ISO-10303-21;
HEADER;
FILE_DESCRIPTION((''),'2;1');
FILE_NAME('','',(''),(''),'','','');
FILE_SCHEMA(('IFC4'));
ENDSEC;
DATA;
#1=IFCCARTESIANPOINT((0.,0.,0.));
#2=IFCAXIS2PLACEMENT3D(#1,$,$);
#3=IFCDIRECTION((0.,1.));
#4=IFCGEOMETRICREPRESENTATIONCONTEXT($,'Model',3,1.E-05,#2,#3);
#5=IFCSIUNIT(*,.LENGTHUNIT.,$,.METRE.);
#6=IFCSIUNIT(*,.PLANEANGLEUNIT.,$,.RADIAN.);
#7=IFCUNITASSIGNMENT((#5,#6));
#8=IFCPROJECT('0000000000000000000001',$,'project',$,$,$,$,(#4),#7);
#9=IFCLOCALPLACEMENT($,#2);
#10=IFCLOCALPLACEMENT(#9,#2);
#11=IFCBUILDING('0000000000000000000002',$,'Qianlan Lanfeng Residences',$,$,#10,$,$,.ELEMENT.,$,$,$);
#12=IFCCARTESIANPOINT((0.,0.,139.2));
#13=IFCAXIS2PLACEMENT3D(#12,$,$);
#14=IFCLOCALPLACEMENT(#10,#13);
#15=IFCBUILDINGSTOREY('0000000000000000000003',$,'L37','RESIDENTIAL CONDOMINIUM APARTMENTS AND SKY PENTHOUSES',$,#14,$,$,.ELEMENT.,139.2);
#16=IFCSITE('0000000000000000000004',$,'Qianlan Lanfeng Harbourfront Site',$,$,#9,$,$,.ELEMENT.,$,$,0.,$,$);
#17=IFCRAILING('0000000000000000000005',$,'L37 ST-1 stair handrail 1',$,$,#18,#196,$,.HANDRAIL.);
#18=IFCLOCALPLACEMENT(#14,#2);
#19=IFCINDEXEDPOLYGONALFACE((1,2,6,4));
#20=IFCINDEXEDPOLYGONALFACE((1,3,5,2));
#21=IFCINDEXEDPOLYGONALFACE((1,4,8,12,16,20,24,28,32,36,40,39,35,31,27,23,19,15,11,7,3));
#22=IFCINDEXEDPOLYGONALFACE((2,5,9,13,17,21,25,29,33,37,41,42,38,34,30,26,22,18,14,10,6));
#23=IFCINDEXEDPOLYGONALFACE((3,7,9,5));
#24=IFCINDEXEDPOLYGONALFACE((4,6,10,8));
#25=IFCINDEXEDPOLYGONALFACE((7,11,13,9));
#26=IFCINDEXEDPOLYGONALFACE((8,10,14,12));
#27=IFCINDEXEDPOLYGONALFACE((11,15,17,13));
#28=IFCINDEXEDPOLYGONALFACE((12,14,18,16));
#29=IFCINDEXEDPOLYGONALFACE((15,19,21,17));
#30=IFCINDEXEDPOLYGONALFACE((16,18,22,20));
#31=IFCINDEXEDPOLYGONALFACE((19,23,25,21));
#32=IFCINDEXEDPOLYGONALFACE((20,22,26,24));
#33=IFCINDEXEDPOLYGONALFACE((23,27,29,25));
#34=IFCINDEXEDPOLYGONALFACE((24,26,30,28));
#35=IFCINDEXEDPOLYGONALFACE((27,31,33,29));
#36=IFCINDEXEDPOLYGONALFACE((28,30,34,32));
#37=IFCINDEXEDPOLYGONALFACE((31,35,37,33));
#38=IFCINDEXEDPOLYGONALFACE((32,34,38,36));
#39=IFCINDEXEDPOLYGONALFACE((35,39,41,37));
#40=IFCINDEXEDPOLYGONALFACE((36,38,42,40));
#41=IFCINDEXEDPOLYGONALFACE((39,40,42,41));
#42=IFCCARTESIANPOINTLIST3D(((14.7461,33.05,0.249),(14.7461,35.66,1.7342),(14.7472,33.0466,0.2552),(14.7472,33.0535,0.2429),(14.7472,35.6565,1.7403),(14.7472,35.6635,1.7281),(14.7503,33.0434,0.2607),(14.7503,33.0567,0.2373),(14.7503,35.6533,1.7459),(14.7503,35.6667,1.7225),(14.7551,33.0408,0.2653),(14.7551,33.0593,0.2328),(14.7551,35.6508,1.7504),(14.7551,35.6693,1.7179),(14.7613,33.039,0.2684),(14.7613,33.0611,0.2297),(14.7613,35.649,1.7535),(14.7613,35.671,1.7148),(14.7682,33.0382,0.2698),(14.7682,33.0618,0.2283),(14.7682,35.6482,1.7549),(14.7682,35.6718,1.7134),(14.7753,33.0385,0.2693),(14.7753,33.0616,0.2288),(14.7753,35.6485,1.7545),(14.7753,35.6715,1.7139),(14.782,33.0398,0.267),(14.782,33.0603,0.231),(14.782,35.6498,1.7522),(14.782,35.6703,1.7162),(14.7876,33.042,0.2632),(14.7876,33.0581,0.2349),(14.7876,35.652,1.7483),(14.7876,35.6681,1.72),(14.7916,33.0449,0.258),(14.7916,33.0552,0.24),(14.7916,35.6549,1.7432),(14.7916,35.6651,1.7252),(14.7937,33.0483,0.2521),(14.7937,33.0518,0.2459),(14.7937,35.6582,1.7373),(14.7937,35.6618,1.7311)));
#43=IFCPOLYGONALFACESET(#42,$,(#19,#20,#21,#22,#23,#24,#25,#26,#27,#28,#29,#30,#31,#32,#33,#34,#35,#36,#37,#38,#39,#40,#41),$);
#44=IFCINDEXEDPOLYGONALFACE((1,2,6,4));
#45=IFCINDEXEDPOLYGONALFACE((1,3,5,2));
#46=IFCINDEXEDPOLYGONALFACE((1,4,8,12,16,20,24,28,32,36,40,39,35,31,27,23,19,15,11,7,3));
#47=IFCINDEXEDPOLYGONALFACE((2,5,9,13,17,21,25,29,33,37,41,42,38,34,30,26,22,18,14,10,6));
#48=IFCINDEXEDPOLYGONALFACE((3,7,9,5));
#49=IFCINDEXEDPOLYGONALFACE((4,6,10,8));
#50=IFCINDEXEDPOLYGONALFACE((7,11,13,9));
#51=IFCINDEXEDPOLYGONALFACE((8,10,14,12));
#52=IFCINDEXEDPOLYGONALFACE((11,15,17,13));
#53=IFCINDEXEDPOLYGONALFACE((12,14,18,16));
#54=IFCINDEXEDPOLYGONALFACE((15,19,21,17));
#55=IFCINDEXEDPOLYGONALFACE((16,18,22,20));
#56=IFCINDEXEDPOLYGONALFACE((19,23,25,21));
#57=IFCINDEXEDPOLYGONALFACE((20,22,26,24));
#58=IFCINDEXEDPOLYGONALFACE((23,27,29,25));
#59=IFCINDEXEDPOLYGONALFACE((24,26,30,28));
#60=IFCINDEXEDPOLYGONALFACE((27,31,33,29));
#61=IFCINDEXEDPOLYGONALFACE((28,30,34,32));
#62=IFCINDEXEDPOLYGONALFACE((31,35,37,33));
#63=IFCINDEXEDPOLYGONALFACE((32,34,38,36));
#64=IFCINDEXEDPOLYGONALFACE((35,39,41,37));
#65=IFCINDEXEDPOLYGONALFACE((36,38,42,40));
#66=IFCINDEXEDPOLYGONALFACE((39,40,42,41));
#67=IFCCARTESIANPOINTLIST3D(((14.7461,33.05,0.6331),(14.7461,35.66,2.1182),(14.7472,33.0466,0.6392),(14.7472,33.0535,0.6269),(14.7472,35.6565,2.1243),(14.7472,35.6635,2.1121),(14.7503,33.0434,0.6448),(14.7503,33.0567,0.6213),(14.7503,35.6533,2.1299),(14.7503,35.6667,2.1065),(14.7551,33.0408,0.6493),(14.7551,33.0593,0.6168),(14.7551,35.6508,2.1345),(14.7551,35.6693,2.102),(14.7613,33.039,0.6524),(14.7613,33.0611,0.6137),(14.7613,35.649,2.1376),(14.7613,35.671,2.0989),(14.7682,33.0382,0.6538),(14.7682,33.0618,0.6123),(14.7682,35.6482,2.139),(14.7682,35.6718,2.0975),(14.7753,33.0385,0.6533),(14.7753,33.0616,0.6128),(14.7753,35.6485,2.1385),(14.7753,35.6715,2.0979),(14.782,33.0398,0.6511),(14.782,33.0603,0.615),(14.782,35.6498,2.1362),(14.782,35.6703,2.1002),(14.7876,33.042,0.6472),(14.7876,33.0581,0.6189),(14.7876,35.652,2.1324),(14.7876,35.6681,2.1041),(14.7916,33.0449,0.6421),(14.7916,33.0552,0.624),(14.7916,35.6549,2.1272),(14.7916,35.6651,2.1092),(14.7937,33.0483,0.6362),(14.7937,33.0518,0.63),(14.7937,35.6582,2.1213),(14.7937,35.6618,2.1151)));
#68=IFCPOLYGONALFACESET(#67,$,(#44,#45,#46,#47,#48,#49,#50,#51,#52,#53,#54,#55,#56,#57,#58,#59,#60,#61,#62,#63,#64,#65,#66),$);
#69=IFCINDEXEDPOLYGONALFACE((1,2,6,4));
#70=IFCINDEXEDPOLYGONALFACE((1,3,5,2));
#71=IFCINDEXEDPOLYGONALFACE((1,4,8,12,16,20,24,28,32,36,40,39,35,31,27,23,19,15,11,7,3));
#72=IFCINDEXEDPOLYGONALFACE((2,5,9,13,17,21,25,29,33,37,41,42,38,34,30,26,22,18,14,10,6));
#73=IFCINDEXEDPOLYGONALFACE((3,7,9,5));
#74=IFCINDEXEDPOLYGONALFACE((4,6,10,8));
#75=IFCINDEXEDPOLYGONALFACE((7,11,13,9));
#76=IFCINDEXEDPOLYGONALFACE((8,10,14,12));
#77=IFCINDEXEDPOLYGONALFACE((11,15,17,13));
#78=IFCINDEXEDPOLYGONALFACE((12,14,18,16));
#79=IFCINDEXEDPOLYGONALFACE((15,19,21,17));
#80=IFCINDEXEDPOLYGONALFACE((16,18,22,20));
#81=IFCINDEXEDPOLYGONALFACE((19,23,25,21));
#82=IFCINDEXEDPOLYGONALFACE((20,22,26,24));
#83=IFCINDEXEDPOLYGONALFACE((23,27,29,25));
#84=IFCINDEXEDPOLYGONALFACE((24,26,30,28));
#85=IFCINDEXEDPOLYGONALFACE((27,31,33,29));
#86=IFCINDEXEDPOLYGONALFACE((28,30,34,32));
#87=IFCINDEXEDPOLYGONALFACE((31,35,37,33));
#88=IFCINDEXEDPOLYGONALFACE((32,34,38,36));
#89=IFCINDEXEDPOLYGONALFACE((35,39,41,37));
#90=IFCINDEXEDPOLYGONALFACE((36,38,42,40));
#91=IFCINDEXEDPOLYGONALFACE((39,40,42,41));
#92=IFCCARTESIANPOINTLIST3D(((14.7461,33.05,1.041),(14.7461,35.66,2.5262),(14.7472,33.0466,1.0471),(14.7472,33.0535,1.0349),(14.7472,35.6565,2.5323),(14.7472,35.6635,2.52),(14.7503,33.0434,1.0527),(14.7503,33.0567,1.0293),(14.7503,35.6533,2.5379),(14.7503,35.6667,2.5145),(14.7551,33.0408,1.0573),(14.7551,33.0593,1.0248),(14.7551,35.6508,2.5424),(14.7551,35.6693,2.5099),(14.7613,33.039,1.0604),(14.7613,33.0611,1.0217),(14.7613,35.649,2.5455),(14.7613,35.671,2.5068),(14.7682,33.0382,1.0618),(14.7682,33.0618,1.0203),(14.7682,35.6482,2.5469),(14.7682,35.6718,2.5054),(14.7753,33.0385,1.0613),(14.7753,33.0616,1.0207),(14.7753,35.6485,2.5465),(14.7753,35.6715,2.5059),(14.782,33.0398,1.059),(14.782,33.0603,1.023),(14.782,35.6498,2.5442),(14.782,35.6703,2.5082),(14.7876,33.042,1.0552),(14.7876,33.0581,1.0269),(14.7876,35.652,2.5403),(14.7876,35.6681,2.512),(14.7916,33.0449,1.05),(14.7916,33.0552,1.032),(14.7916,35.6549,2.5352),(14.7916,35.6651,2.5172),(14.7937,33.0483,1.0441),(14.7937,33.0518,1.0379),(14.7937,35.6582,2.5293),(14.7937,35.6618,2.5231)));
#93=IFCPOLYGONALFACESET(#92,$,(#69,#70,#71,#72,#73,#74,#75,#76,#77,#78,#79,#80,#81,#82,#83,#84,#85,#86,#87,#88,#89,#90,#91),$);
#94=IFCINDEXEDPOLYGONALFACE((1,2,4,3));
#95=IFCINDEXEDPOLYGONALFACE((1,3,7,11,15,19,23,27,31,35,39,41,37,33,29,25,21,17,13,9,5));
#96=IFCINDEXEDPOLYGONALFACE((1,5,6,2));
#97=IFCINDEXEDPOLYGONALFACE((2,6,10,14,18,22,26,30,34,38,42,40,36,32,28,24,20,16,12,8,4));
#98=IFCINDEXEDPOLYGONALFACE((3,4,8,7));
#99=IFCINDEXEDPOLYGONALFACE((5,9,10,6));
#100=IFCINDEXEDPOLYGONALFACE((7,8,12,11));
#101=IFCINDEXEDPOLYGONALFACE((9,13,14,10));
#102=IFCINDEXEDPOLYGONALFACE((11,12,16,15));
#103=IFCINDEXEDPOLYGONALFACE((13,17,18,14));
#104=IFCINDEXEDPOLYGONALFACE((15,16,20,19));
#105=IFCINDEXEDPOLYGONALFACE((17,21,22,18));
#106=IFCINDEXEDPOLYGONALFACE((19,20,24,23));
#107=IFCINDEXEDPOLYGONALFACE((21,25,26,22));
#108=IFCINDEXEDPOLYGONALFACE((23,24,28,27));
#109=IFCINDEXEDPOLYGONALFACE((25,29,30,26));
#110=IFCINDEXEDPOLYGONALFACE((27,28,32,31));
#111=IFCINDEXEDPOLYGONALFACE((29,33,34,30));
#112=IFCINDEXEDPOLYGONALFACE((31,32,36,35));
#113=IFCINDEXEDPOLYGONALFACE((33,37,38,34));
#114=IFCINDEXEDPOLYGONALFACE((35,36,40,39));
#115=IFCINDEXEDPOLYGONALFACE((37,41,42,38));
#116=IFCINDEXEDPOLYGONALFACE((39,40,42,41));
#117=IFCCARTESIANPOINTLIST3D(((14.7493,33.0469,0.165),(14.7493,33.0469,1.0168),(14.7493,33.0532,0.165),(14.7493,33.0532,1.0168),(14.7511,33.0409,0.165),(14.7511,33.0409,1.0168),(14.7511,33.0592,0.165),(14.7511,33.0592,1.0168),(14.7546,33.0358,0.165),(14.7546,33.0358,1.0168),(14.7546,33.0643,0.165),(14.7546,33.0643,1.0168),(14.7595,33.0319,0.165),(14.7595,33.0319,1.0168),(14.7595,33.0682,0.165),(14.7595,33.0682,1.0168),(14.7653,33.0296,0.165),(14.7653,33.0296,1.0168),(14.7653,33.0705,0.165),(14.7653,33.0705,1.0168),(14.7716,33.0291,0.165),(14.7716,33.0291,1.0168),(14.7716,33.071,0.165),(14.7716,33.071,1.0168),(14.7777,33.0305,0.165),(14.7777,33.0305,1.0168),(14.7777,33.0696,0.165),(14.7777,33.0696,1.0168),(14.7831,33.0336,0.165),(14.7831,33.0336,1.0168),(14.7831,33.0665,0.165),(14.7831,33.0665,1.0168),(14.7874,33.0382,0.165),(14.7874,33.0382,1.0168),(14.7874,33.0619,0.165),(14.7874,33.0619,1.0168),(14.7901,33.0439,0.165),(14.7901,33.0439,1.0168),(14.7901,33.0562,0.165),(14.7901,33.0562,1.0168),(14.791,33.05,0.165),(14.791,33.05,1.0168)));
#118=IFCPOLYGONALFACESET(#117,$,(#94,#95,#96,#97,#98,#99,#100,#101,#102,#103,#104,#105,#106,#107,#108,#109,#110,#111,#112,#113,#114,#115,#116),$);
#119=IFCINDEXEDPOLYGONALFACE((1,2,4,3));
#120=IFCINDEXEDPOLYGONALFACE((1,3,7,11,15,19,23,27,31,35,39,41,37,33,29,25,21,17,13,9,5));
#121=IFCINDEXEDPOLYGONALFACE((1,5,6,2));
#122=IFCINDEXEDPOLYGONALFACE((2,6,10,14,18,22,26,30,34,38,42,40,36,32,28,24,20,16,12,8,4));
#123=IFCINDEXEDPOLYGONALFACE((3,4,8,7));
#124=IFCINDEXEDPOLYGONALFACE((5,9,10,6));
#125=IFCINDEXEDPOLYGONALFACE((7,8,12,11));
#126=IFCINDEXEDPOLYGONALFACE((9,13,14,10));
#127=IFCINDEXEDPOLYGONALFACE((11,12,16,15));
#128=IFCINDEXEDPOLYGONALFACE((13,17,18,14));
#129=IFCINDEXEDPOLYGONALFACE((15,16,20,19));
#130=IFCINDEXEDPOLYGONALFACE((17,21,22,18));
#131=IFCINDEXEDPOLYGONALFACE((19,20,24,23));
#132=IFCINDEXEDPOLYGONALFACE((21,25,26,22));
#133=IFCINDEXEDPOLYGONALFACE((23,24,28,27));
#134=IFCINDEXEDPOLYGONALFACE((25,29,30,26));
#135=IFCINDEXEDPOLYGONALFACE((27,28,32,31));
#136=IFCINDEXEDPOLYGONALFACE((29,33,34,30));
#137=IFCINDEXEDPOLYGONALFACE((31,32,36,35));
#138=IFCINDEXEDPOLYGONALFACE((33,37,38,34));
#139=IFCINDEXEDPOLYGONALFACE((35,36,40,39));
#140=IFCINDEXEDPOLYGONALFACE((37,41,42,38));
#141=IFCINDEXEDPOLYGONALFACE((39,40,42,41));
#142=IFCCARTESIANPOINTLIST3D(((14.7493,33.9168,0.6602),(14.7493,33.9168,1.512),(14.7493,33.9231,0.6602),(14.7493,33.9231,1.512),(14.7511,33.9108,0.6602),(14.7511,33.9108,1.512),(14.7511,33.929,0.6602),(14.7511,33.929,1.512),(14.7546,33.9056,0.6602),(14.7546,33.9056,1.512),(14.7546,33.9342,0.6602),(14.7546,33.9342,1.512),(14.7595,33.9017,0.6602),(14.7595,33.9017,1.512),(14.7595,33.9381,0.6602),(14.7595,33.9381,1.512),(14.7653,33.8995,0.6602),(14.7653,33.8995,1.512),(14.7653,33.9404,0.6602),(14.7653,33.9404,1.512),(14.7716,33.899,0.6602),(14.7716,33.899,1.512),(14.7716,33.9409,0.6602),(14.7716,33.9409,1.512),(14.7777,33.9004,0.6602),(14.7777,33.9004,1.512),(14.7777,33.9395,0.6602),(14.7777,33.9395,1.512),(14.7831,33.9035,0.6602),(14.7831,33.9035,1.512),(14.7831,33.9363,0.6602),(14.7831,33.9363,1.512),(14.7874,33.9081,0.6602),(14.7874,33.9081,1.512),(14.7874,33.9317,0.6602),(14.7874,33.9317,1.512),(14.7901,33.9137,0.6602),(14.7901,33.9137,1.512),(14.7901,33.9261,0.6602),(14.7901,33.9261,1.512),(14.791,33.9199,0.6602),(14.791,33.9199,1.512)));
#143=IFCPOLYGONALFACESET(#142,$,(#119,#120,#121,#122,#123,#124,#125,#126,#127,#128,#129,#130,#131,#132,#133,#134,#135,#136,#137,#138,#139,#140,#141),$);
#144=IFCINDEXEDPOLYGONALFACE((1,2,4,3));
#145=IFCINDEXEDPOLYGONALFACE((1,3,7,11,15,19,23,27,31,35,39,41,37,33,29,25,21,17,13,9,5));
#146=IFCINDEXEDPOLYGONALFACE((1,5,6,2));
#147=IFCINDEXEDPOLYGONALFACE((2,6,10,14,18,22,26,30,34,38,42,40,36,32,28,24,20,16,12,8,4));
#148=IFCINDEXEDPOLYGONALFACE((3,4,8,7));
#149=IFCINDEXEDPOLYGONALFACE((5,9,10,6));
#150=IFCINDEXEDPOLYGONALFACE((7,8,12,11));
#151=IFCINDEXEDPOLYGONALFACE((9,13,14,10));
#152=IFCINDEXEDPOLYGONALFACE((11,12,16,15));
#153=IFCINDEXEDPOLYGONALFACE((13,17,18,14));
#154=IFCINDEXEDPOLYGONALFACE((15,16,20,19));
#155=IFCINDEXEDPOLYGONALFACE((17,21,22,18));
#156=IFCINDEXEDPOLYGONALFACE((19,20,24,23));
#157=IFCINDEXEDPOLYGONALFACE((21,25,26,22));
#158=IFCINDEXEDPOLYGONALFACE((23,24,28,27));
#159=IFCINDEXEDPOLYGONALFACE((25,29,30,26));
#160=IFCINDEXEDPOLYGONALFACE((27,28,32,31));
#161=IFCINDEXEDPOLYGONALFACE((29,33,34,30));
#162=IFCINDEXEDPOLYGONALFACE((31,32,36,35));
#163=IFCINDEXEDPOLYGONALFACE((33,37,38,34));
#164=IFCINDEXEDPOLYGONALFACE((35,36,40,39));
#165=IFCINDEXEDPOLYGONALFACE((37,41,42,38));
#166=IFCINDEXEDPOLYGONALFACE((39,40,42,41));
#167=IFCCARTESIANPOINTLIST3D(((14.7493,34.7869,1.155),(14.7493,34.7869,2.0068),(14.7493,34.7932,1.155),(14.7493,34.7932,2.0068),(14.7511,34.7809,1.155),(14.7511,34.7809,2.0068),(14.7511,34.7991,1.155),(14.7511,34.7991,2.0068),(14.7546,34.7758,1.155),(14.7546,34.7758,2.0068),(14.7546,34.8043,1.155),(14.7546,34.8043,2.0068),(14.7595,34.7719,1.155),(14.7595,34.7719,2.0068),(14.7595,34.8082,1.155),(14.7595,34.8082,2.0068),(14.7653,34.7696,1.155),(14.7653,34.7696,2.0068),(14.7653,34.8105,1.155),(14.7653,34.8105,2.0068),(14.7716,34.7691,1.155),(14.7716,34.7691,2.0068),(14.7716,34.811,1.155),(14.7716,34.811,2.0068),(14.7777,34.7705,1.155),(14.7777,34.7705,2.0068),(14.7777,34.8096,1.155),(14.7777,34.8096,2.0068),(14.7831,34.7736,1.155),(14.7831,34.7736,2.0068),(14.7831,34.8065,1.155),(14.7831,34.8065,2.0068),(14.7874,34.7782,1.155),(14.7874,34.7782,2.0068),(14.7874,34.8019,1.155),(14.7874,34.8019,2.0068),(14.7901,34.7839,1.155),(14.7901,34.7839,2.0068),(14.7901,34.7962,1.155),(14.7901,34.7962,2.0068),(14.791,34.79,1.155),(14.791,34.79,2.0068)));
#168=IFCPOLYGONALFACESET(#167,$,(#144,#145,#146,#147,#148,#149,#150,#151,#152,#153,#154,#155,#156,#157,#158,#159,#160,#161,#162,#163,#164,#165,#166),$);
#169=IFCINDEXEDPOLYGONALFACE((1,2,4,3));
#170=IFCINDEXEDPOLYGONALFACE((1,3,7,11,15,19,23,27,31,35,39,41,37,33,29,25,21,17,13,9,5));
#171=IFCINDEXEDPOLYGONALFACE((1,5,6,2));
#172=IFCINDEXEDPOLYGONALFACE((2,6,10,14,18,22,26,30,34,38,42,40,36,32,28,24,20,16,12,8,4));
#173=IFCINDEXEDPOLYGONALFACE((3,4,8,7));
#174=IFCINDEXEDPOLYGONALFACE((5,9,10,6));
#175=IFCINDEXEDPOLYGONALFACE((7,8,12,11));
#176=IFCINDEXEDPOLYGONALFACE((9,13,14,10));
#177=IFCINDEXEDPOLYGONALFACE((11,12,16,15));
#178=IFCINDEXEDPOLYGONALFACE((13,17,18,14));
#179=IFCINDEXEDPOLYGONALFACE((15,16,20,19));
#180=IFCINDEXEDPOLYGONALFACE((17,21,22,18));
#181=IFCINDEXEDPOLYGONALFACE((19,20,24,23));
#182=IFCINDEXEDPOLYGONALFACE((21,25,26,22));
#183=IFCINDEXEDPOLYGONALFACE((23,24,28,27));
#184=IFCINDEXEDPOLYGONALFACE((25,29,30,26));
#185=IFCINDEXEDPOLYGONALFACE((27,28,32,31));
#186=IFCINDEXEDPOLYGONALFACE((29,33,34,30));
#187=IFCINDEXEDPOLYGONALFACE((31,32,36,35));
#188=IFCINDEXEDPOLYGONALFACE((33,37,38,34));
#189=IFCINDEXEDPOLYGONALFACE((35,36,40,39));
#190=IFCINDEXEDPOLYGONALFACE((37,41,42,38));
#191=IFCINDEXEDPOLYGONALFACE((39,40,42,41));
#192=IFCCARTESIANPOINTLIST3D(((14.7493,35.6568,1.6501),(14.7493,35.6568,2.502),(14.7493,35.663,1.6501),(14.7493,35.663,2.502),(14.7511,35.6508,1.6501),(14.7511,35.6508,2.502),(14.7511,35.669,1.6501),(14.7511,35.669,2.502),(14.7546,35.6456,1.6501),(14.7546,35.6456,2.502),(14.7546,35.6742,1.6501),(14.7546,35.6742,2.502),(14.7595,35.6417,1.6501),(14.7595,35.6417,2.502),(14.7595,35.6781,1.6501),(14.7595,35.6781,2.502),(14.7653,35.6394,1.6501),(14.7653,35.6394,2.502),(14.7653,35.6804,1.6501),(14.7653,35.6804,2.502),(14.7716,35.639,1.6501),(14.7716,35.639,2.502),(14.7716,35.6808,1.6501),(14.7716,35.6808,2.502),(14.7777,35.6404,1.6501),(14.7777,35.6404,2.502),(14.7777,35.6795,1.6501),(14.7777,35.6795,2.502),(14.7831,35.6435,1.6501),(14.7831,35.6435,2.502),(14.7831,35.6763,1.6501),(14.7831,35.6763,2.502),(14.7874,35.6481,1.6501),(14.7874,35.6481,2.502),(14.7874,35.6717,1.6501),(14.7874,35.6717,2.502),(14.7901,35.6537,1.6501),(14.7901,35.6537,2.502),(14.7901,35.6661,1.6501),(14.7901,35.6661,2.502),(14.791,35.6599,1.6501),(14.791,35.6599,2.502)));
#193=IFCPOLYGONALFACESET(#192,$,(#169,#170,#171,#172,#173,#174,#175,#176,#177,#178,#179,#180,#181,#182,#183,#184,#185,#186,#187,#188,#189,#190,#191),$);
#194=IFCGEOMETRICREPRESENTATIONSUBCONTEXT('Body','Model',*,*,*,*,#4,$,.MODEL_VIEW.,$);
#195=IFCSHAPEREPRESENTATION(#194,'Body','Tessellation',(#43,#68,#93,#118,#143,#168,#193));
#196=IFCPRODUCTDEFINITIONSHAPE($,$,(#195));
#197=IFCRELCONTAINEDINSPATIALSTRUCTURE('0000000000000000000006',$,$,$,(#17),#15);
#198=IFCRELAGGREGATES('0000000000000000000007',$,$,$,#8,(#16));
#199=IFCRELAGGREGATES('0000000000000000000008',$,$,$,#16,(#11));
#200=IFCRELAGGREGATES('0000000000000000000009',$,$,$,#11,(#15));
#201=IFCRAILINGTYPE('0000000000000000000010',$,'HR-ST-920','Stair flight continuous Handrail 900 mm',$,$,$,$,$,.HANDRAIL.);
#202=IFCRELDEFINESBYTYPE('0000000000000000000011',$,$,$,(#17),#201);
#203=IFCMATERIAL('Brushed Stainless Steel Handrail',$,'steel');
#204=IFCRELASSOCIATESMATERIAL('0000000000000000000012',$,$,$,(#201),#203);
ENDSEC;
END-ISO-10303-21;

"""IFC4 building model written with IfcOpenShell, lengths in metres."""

from ifc_helpers import new_model, si_unit, direction, frame, origin, origin_2d, place, context, subcontext, project, spatial, circle, extrude, material, type_object, element, save


model = new_model("IFC4")

# Units and contexts
model_context = context("Model", 3, precision=1e-05, world=origin(), true_north=direction((0.0, 1.0)))
body_context = subcontext(model_context, "Body", "Model", "MODEL_VIEW")
ifc_project = project(units=[si_unit("LENGTHUNIT", "METRE"), si_unit("PLANEANGLEUNIT", "RADIAN")], contexts=[model_context])

# Site, building, storey
site_placement = place(None, origin())
site = spatial("IfcSite", under=ifc_project, at=site_placement, Name="Qianlan Lanfeng Harbourfront Site", CompositionType="ELEMENT", RefElevation=0.0)
building_placement = place(site_placement, origin())
building = spatial("IfcBuilding", under=site, at=building_placement, Name="Qianlan Lanfeng Residences", CompositionType="ELEMENT")
storey_placement = place(building_placement, frame((0.0, 0.0, 139.2)))
storey = spatial("IfcBuildingStorey", under=building, at=storey_placement, Name="L37", Description="RESIDENTIAL CONDOMINIUM APARTMENTS AND SKY PENTHOUSES", CompositionType="ELEMENT", Elevation=139.2)

# Railing
ifc_material_1 = material(Name="Brushed Stainless Steel Handrail", Category="steel")
railing_type_1 = type_object("IfcRailingType", Name="HR-ST-920", Description="Stair flight continuous Handrail 900 mm", PredefinedType="HANDRAIL", material=ifc_material_1)
railing_1_placement = place(storey_placement, frame((14.77, 33.05, 0.165)))
element("IfcRailing", 1, at=railing_1_placement, inside=storey, type_object=railing_type_1, Name="L37 ST-1 stair handrail 1", PredefinedType="HANDRAIL", context=body_context, shape_type="SweptSolid", body=[
    extrude(circle(Radius=0.0239, at=origin_2d()), frame((0.0, 0.0, 0.084), z_axis=(0.0, 0.869137, 0.494571), x_axis=(-1.0, 0.0, 0.0)), (0.0, 0.0, 1.0), 3.0029),
    extrude(circle(Radius=0.0239, at=origin_2d()), frame((0.0, 0.0, 0.468), z_axis=(0.0, 0.869137, 0.494571), x_axis=(-1.0, 0.0, 0.0)), (0.0, 0.0, 1.0), 3.0029),
    extrude(circle(Radius=0.0239, at=origin_2d()), frame((0.0, 0.0, 0.876), z_axis=(0.0, 0.869137, 0.494571), x_axis=(-1.0, 0.0, 0.0)), (0.0, 0.0, 1.0), 3.0029),
    extrude(circle(Radius=0.021, at=origin_2d()), origin(), (0.0, 0.0, 1.0), 0.8518),
    extrude(circle(Radius=0.021, at=origin_2d()), frame((0.0, 0.8699, 0.4951)), (0.0, 0.0, 1.0), 0.8518),
    extrude(circle(Radius=0.021, at=origin_2d()), frame((0.0, 1.74, 0.99)), (0.0, 0.0, 1.0), 0.8518),
    extrude(circle(Radius=0.021, at=origin_2d()), frame((0.0, 2.6099, 1.4851)), (0.0, 0.0, 1.0), 0.8518),
])

save(model, "model.ifc")
